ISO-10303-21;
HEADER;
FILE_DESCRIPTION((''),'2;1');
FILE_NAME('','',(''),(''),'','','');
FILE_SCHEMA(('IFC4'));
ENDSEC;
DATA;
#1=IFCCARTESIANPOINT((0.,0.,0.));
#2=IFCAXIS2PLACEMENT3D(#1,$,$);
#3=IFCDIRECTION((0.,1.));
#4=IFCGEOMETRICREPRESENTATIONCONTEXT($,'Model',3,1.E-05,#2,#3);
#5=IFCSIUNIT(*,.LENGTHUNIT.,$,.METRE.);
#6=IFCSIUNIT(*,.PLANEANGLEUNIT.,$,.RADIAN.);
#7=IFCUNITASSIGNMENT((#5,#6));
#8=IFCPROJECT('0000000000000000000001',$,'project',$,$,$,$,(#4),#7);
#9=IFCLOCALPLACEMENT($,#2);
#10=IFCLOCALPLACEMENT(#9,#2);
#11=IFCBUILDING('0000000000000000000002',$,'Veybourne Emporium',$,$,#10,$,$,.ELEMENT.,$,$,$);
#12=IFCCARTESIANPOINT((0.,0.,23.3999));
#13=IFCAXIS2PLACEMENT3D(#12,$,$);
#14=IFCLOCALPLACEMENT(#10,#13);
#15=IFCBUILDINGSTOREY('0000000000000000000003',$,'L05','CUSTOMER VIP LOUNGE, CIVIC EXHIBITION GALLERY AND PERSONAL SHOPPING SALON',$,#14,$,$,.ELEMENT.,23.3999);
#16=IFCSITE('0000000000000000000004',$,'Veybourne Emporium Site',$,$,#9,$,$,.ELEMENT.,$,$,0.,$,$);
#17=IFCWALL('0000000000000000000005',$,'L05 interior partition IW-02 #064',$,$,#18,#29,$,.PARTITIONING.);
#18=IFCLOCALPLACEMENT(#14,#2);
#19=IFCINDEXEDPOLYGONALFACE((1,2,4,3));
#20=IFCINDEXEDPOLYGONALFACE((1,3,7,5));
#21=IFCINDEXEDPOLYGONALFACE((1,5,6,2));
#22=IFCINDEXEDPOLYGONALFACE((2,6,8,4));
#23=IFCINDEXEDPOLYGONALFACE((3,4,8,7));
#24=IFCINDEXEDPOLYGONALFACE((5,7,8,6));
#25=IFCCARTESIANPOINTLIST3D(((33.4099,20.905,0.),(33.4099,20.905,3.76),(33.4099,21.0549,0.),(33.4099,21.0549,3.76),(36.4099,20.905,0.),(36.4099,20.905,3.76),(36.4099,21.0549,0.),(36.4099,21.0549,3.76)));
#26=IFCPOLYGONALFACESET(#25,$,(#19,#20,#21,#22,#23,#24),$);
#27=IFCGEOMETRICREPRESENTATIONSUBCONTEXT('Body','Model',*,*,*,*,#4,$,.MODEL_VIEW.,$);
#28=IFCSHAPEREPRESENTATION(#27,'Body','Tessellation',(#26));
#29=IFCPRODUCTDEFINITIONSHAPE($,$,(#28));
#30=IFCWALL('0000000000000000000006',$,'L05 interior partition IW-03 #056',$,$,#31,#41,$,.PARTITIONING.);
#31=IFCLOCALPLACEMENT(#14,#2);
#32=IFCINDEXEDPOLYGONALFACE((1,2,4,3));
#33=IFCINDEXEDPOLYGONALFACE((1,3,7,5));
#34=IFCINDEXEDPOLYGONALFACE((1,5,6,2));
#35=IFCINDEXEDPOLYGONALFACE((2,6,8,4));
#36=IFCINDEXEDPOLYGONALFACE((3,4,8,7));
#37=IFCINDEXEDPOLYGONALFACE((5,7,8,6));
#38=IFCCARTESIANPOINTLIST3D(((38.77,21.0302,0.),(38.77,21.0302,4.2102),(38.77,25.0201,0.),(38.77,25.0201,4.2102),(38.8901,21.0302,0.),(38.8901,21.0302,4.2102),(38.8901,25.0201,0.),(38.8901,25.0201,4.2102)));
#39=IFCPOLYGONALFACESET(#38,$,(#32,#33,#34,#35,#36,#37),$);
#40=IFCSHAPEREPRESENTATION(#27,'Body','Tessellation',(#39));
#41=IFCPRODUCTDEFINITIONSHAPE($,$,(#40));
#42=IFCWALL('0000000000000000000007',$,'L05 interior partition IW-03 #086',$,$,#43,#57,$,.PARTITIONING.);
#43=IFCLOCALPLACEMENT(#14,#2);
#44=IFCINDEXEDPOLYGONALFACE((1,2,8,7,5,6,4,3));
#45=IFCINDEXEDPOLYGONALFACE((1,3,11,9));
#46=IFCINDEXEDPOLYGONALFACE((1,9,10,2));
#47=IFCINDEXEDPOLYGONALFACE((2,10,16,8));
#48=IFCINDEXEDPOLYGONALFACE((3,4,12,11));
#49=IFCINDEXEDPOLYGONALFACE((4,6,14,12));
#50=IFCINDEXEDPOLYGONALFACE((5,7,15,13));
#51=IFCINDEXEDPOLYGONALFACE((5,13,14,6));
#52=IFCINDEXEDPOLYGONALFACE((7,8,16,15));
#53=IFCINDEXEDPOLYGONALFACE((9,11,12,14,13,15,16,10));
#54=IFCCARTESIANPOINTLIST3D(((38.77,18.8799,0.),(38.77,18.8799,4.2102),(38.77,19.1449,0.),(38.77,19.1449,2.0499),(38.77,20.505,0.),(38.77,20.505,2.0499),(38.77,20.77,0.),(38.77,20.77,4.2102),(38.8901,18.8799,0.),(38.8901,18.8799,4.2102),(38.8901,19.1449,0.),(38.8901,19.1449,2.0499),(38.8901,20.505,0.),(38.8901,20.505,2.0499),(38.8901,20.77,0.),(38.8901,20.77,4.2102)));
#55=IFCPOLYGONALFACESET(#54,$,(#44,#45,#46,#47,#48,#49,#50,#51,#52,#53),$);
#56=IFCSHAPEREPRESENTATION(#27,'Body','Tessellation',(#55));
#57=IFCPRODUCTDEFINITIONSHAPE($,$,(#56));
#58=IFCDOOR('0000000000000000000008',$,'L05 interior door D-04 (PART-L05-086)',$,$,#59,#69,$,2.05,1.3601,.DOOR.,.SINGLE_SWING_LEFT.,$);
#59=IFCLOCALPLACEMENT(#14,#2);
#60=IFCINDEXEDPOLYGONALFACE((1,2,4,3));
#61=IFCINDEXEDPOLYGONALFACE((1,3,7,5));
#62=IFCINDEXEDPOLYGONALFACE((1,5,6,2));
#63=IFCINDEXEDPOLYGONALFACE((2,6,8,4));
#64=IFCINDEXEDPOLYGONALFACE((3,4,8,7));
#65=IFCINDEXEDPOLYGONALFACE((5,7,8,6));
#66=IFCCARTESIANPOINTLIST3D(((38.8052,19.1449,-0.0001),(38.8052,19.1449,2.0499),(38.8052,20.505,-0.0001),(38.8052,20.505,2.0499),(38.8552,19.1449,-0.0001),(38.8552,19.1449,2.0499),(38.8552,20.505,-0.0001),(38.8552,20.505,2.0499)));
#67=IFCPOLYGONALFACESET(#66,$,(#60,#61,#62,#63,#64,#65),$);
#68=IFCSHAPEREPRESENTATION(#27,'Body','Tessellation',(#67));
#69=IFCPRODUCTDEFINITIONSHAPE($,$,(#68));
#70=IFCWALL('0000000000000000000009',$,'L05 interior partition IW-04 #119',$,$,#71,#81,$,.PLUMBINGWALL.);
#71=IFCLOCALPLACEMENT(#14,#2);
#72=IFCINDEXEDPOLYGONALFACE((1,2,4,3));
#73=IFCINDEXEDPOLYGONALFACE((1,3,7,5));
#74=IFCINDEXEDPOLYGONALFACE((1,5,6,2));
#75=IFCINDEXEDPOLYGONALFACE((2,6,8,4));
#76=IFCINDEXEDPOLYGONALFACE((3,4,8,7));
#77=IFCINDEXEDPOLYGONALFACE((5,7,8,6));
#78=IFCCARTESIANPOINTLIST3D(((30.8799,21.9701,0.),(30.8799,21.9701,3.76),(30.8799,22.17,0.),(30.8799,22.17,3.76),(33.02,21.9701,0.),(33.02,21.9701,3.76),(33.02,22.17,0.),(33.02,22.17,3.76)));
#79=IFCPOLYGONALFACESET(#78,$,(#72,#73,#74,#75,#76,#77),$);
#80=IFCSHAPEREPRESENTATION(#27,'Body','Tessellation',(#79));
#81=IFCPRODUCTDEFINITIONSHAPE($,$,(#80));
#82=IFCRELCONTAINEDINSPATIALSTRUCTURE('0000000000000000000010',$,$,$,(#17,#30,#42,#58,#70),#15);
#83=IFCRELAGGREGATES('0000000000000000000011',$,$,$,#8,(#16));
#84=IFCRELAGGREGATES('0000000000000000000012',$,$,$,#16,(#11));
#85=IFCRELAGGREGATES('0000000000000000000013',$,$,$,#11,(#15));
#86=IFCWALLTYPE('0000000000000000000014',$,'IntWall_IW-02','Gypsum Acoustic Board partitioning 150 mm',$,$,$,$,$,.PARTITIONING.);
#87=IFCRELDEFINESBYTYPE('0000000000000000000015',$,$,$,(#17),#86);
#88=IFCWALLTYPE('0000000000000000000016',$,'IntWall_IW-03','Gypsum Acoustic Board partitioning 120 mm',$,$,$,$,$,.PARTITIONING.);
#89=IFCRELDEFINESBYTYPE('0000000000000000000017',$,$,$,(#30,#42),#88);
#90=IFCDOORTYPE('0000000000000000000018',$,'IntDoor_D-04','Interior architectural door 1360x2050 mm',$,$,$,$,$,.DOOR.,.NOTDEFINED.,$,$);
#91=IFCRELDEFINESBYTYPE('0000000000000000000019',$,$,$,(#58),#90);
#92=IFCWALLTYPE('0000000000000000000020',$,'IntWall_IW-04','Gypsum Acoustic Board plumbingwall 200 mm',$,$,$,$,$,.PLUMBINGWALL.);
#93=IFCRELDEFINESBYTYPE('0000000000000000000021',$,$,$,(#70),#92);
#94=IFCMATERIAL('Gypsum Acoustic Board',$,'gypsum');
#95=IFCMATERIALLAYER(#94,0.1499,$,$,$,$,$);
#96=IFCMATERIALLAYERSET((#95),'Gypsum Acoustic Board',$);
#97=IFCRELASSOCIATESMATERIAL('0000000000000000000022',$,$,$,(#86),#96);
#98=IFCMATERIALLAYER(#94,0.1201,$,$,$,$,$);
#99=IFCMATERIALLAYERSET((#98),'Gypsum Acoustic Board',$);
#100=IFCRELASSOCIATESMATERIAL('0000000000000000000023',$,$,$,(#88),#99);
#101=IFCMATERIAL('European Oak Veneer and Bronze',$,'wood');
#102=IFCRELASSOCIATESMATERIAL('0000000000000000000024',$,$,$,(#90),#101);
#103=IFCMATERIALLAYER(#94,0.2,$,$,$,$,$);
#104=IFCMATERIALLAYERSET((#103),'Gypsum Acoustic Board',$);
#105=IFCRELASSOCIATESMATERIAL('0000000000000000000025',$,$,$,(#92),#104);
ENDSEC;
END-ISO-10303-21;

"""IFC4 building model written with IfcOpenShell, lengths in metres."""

from ifc_helpers import new_model, si_unit, direction, frame, frame_2d, origin, place, context, subcontext, project, spatial, rectangle, extrude, material, layer, layer_set, type_object, element, fill, save


model = new_model("IFC4")

# Units and contexts
model_context = context("Model", 3, precision=1e-05, world=origin(), true_north=direction((0.0, 1.0)))
body_context = subcontext(model_context, "Body", "Model", "MODEL_VIEW")
ifc_project = project(units=[si_unit("LENGTHUNIT", "METRE"), si_unit("PLANEANGLEUNIT", "RADIAN")], contexts=[model_context])

# Site, building, storey
site_placement = place(None, origin())
site = spatial("IfcSite", under=ifc_project, at=site_placement, Name="Veybourne Emporium Site", CompositionType="ELEMENT", RefElevation=0.0)
building_placement = place(site_placement, origin())
building = spatial("IfcBuilding", under=site, at=building_placement, Name="Veybourne Emporium", CompositionType="ELEMENT")
storey_placement = place(building_placement, frame((0.0, 0.0, 23.3999)))
storey = spatial("IfcBuildingStorey", under=building, at=storey_placement, Name="L05", Description="CUSTOMER VIP LOUNGE, CIVIC EXHIBITION GALLERY AND PERSONAL SHOPPING SALON", CompositionType="ELEMENT", Elevation=23.3999)

# Shared definitions
ifc_material_1 = material(Name="Gypsum Acoustic Board", Category="gypsum")
ifc_material_2 = material(Name="European Oak Veneer and Bronze", Category="wood")

# Wall
ifc_layer_1 = layer(ifc_material_1, 0.1499)
ifc_layer_set_1 = layer_set([ifc_layer_1], Name="Gypsum Acoustic Board")
wall_type_1 = type_object("IfcWallType", Name="IntWall_IW-02", Description="Gypsum Acoustic Board partitioning 150 mm", PredefinedType="PARTITIONING", material=ifc_layer_set_1)
wall_1_placement = place(storey_placement, frame((33.4099, 20.98, 0.0), z_axis=(0.0, 0.0, 1.0), x_axis=(1.0, 0.0, 0.0)))
element("IfcWall", 1, at=wall_1_placement, inside=storey, type_object=wall_type_1, Name="L05 interior partition IW-02 #064", PredefinedType="PARTITIONING", context=body_context, shape_type="SweptSolid", body=[
    extrude(rectangle(XDim=3.0, YDim=0.1499, at=frame_2d((1.5, 0.0))), origin(), (0.0, 0.0, 1.0), 3.76),
])

# Wall
ifc_layer_2 = layer(ifc_material_1, 0.1201)
ifc_layer_set_2 = layer_set([ifc_layer_2], Name="Gypsum Acoustic Board")
wall_type_2 = type_object("IfcWallType", Name="IntWall_IW-03", Description="Gypsum Acoustic Board partitioning 120 mm", PredefinedType="PARTITIONING", material=ifc_layer_set_2)
wall_2_placement = place(storey_placement, frame((38.8301, 21.03, 0.0), z_axis=(0.0, 0.0, 1.0), x_axis=(0.0, 1.0, 0.0)))
element("IfcWall", 2, at=wall_2_placement, inside=storey, type_object=wall_type_2, Name="L05 interior partition IW-03 #056", PredefinedType="PARTITIONING", context=body_context, shape_type="SweptSolid", body=[
    extrude(rectangle(XDim=3.99, YDim=0.1201, at=frame_2d((1.9951, 0.0))), origin(), (0.0, 0.0, 1.0), 4.2102),
])

# Wall, opening, door
wall_3_placement = place(storey_placement, frame((38.8301, 18.8799, 0.0), z_axis=(0.0, 0.0, 1.0), x_axis=(0.0, 1.0, 0.0)))
wall_3 = element("IfcWall", 3, at=wall_3_placement, inside=storey, type_object=wall_type_2, Name="L05 interior partition IW-03 #086", PredefinedType="PARTITIONING", context=body_context, shape_type="SweptSolid", body=[
    extrude(rectangle(XDim=1.8901, YDim=0.1201, at=frame_2d((0.9451, 0.0))), origin(), (0.0, 0.0, 1.0), 4.2102),
])
opening_1_placement = place(wall_3_placement, frame((0.2649, 0.0, 0.0)))
opening_1 = element("IfcOpeningElement", 4, at=opening_1_placement, cuts=wall_3, PredefinedType="OPENING", context=body_context, shape_type="SweptSolid", body=[
    extrude(rectangle(XDim=1.3601, YDim=2.05, at=frame_2d((0.6802, 1.0249))), frame((0.0, 0.0801, 0.0), z_axis=(0.0, -1.0, 0.0), x_axis=(1.0, 0.0, 0.0)), (0.0, 0.0, 1.0), 0.1602),
])
door_type_1 = type_object("IfcDoorType", Name="IntDoor_D-04", Description="Interior architectural door 1360x2050 mm", OperationType="NOTDEFINED", PredefinedType="DOOR", material=ifc_material_2)
door_1_placement = place(opening_1_placement, origin())
door_1 = element("IfcDoor", 5, at=door_1_placement, inside=storey, type_object=door_type_1, Name="L05 interior door D-04 (PART-L05-086)", OperationType="SINGLE_SWING_LEFT", OverallHeight=2.05, OverallWidth=1.3601, PredefinedType="DOOR", context=body_context, shape_type="SweptSolid", body=[
    extrude(rectangle(XDim=1.3601, YDim=2.05, at=frame_2d((0.6802, 1.0249))), frame((0.0, 0.0249, 0.0), z_axis=(0.0, -1.0, 0.0), x_axis=(1.0, 0.0, 0.0)), (0.0, 0.0, 1.0), 0.05),
])
fill(opening_1, door_1)

# Wall
ifc_layer_3 = layer(ifc_material_1, 0.2)
ifc_layer_set_3 = layer_set([ifc_layer_3], Name="Gypsum Acoustic Board")
wall_type_3 = type_object("IfcWallType", Name="IntWall_IW-04", Description="Gypsum Acoustic Board plumbingwall 200 mm", PredefinedType="PLUMBINGWALL", material=ifc_layer_set_3)
wall_4_placement = place(storey_placement, frame((30.8799, 22.0701, 0.0), z_axis=(0.0, 0.0, 1.0), x_axis=(1.0, 0.0, 0.0)))
element("IfcWall", 6, at=wall_4_placement, inside=storey, type_object=wall_type_3, Name="L05 interior partition IW-04 #119", PredefinedType="PLUMBINGWALL", context=body_context, shape_type="SweptSolid", body=[
    extrude(rectangle(XDim=2.1401, YDim=0.2, at=frame_2d((1.0701, 0.0))), origin(), (0.0, 0.0, 1.0), 3.76),
])

save(model, "model.ifc")
